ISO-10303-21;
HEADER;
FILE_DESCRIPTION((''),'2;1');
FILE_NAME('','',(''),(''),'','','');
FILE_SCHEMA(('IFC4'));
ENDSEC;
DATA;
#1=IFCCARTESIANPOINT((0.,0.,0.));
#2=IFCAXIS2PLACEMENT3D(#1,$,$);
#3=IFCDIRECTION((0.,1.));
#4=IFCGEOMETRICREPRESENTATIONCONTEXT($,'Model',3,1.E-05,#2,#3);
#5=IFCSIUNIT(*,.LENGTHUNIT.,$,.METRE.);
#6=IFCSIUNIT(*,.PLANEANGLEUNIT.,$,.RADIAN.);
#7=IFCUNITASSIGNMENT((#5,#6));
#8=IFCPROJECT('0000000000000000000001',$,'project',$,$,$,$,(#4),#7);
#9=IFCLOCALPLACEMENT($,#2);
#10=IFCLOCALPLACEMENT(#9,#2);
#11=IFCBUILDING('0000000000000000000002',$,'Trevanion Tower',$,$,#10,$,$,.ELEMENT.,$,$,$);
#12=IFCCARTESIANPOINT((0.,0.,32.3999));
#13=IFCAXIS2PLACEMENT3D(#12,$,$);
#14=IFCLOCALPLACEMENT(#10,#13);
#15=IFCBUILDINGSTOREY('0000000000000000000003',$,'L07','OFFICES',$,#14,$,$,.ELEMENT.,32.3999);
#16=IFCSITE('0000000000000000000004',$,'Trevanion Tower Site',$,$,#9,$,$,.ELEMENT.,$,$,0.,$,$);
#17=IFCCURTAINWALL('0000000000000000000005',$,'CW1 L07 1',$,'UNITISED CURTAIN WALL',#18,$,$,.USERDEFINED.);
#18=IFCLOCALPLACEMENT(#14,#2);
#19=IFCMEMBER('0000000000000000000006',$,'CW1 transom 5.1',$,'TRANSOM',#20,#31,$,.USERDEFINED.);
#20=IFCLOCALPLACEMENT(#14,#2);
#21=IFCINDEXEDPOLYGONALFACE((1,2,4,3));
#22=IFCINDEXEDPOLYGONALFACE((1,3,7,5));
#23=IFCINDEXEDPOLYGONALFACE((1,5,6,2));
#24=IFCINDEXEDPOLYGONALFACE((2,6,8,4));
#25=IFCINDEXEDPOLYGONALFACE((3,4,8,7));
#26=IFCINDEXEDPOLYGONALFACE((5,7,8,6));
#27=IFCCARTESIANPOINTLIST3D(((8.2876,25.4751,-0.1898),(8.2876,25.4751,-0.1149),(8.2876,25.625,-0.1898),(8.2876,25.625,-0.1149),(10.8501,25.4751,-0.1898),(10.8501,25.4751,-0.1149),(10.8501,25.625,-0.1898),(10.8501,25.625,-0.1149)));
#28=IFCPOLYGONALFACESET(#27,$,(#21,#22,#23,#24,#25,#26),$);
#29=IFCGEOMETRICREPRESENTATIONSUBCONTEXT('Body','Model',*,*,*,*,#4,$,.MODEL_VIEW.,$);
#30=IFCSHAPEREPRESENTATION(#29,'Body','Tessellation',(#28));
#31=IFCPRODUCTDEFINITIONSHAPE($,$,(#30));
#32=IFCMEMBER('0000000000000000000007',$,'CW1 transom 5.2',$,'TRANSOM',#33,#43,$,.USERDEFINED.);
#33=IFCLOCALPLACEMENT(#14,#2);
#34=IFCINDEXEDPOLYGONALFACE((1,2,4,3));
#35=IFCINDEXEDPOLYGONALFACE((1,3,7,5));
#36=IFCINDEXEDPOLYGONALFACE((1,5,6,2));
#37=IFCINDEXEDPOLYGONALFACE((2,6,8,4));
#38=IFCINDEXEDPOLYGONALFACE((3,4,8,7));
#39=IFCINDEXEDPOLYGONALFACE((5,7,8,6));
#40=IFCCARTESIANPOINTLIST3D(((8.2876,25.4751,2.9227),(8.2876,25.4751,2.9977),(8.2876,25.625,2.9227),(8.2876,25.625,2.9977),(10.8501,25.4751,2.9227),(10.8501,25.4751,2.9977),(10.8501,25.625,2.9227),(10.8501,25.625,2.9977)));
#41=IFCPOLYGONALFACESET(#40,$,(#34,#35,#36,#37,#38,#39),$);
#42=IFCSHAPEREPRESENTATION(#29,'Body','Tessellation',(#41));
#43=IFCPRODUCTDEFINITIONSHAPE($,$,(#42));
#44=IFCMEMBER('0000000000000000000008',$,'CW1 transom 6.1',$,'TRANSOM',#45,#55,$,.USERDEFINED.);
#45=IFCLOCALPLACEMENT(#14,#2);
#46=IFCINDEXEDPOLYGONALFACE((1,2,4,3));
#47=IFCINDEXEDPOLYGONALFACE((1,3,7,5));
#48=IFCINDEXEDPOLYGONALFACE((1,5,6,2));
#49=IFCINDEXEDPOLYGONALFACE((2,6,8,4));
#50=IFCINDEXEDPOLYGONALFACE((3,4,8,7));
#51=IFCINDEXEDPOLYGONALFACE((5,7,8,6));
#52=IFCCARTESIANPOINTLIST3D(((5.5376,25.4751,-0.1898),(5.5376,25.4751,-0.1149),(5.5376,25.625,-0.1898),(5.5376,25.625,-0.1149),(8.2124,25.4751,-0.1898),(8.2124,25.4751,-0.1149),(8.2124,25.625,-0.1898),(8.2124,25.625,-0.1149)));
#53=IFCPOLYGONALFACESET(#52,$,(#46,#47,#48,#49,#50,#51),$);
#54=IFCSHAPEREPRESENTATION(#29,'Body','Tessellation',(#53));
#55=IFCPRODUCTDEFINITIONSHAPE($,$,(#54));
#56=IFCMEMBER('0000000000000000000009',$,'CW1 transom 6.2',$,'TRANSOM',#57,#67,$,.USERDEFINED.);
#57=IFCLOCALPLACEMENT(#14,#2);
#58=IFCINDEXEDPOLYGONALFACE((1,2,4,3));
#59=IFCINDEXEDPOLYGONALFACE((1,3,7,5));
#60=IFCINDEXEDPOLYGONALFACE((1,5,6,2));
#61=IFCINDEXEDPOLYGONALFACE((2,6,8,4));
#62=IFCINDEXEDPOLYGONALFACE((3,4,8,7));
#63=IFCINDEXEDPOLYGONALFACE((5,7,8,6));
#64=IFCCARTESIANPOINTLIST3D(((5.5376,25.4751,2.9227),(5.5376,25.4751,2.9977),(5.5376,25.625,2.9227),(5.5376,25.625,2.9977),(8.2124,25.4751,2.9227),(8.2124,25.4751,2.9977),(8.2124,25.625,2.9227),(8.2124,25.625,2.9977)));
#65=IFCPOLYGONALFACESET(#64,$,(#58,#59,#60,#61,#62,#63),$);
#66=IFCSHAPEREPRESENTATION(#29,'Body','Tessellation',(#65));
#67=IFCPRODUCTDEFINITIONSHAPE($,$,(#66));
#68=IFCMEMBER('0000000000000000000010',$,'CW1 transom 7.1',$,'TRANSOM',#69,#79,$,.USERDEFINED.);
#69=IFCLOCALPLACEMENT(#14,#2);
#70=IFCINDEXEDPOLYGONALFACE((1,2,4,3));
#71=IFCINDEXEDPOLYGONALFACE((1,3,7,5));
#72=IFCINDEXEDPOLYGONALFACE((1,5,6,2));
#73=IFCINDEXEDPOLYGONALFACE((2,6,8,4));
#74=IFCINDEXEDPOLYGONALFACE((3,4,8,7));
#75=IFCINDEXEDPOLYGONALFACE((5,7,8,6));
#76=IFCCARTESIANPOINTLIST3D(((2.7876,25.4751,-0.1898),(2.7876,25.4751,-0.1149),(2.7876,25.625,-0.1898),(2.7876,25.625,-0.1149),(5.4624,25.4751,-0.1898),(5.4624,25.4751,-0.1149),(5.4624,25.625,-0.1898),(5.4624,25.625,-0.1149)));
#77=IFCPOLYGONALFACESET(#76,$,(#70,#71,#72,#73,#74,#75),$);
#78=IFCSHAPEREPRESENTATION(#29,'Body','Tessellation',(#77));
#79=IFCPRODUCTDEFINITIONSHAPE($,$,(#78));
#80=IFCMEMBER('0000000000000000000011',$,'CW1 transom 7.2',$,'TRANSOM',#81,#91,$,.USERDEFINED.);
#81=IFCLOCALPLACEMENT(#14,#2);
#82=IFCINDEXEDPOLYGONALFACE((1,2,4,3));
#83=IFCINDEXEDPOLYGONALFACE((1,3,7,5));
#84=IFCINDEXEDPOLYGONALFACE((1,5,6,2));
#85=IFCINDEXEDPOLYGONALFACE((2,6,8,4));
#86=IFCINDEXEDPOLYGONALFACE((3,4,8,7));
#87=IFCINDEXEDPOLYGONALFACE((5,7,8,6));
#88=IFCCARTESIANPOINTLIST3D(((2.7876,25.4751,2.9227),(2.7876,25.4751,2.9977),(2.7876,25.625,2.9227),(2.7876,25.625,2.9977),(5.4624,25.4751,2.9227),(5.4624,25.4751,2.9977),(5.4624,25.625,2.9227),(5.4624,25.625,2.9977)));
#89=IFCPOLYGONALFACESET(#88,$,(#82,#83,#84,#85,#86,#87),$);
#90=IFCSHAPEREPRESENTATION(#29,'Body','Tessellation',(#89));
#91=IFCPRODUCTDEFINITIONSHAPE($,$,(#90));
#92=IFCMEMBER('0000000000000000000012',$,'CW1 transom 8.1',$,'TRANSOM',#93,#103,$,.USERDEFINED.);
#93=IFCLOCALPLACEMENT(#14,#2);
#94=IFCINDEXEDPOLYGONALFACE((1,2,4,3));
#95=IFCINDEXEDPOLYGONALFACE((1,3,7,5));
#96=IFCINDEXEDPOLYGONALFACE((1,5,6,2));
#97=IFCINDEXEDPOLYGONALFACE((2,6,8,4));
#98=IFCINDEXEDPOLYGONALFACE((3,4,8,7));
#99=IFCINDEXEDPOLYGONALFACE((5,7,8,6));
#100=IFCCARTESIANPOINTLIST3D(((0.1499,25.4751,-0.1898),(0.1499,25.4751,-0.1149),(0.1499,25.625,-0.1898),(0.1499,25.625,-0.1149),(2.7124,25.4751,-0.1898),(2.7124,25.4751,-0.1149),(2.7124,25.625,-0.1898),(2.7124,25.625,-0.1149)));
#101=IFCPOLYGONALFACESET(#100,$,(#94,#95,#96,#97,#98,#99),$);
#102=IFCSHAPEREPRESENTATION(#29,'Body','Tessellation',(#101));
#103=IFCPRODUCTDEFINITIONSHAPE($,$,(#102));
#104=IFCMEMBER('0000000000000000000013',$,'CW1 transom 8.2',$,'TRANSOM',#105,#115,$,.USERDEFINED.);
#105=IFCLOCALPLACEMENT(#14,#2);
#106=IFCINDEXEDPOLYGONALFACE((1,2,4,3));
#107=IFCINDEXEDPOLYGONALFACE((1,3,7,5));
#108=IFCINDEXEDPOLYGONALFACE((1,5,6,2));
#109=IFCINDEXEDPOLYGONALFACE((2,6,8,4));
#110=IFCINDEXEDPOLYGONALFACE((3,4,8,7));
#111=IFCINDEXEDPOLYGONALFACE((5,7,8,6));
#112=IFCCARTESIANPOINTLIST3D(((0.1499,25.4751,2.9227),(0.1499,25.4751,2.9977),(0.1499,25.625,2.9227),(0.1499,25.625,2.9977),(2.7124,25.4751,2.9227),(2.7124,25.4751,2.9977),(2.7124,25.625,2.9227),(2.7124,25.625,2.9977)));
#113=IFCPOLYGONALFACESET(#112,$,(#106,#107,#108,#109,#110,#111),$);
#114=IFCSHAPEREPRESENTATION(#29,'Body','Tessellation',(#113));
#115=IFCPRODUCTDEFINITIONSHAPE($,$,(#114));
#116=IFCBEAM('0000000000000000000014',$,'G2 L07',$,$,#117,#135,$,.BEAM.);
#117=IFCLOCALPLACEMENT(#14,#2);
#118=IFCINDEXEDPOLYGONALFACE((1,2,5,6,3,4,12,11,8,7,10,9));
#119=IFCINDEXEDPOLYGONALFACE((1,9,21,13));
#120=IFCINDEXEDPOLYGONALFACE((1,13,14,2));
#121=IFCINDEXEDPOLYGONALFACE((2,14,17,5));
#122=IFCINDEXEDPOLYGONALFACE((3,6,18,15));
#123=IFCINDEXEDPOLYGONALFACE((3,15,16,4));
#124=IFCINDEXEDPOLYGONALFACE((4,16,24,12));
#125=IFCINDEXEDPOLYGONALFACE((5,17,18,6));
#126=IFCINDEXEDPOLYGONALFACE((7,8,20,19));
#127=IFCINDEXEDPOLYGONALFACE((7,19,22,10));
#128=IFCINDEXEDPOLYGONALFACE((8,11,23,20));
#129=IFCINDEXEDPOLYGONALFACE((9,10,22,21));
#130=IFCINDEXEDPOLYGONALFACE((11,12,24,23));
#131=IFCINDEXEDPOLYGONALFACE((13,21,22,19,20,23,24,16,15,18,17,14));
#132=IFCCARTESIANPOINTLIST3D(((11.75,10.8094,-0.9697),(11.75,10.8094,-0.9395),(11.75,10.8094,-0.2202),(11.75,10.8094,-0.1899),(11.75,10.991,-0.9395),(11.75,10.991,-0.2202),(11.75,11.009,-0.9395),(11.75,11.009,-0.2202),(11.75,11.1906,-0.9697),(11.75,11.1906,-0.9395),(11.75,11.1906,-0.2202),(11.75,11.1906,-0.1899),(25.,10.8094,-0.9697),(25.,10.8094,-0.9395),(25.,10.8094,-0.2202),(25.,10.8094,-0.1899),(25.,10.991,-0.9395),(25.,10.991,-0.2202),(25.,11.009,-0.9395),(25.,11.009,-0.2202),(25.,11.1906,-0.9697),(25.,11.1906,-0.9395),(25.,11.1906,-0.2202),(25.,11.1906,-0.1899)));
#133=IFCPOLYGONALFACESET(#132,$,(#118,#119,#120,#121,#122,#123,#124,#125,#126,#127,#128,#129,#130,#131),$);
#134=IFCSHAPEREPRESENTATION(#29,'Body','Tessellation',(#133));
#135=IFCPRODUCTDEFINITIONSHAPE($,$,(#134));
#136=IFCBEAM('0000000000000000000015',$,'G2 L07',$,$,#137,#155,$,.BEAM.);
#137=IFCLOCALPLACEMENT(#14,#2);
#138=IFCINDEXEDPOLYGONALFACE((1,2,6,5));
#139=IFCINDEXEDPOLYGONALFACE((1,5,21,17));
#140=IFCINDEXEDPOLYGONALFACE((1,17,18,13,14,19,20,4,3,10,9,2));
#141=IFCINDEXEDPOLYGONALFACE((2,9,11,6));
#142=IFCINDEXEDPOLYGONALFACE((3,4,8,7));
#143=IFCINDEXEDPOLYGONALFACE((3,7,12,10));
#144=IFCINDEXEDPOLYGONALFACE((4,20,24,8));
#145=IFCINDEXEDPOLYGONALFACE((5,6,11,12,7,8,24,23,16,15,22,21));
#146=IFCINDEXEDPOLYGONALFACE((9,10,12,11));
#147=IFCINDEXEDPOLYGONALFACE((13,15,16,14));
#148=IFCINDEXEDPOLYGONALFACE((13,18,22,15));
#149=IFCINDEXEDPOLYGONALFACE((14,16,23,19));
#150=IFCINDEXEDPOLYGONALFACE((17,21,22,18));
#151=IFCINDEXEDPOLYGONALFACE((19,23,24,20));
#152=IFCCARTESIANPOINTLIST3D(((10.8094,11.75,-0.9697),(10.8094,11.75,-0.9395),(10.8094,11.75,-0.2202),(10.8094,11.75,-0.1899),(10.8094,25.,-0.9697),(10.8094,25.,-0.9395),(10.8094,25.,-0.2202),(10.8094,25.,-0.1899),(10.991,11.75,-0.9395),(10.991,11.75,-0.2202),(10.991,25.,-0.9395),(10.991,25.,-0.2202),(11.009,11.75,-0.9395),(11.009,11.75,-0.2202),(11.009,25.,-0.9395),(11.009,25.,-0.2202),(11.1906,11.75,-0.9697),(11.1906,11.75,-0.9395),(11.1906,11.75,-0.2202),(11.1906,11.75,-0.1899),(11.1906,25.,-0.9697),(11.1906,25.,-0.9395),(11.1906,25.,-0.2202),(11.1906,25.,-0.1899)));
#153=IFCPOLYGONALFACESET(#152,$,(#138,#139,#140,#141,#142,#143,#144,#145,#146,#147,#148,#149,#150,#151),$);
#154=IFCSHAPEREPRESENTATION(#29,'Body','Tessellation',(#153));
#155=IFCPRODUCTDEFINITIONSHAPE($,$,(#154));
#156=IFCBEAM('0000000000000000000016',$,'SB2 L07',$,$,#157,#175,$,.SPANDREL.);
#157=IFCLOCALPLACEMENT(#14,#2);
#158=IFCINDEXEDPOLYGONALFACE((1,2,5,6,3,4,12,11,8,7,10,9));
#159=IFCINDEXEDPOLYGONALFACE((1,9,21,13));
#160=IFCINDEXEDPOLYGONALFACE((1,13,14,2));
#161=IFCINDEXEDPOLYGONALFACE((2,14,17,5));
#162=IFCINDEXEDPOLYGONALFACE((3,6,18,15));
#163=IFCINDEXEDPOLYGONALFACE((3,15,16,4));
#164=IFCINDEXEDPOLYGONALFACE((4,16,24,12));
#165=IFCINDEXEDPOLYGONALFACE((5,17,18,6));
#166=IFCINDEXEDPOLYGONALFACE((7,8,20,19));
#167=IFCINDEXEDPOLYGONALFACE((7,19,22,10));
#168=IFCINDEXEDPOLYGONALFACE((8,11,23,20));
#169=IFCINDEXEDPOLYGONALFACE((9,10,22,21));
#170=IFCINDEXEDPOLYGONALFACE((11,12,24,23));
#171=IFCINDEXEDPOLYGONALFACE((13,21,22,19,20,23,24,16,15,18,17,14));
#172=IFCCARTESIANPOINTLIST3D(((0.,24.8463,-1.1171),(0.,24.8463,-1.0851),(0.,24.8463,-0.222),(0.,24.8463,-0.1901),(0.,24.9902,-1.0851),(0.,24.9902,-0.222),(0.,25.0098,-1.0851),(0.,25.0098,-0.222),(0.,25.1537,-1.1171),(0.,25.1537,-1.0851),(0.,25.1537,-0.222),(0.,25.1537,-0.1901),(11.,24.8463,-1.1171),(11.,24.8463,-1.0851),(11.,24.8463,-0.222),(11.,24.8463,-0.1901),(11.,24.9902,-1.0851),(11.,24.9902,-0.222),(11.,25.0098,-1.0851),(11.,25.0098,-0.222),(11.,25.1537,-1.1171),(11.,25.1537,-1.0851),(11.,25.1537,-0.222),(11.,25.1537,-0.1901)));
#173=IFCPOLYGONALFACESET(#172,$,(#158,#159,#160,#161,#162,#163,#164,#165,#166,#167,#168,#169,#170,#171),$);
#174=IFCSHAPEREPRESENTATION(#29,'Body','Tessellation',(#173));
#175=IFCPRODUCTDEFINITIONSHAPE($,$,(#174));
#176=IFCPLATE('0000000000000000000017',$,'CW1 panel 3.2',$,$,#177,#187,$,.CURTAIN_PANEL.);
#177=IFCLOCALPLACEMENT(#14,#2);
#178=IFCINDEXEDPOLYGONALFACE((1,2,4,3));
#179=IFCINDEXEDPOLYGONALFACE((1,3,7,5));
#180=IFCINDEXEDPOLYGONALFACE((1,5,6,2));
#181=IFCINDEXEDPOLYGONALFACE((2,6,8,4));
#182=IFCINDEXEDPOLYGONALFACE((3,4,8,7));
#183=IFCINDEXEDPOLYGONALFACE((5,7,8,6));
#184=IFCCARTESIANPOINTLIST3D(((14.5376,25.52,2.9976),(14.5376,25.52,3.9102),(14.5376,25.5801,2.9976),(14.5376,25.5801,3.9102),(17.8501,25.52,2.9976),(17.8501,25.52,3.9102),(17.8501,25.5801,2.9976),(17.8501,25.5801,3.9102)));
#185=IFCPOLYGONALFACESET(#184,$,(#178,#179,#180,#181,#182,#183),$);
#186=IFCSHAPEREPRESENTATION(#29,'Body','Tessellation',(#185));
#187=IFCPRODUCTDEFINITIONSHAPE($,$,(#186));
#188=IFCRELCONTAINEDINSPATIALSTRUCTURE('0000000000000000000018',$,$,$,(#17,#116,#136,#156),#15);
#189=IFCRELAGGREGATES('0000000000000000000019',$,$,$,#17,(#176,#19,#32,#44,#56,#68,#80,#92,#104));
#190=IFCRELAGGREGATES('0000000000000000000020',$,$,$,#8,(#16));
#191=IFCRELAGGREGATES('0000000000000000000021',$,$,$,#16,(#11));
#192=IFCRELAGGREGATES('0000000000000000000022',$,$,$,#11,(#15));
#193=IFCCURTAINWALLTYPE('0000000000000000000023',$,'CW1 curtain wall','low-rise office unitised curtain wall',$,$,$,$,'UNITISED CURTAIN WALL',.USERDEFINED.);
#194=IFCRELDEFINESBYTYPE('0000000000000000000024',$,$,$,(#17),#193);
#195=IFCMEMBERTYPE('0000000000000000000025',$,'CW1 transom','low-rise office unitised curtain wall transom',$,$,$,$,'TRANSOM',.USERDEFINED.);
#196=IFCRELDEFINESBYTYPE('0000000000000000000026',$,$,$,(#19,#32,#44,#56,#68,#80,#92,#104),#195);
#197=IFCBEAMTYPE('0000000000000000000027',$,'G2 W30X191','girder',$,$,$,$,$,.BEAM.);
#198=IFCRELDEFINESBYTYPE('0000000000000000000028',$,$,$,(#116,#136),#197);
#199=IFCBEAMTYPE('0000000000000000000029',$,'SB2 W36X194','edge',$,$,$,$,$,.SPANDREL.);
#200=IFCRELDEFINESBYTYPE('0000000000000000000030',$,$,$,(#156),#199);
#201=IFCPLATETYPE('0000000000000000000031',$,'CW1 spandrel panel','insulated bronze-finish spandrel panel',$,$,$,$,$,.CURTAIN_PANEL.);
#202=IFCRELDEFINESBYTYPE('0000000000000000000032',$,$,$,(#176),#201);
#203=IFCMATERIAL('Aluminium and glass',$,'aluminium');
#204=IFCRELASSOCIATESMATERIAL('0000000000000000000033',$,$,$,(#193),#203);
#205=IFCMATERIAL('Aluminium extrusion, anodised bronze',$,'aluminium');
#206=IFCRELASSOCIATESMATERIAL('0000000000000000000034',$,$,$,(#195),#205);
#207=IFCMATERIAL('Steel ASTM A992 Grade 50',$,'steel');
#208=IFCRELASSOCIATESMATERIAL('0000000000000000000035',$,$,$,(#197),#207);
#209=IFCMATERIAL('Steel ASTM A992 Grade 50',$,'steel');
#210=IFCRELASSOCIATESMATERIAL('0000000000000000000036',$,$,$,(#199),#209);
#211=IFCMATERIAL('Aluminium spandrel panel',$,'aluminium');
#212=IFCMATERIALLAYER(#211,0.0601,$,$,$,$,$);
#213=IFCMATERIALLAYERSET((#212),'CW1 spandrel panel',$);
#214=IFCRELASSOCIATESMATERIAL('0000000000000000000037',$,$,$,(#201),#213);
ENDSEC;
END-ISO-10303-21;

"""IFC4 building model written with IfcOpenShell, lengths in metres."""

from ifc_helpers import new_model, si_unit, direction, frame, origin, origin_2d, place, context, subcontext, project, spatial, rectangle, i_section, extrude, material, layer, layer_set, material_profile, profile_set, type_object, element, aggregate, save


model = new_model("IFC4")

# Units and contexts
model_context = context("Model", 3, precision=1e-05, world=origin(), true_north=direction((0.0, 1.0)))
body_context = subcontext(model_context, "Body", "Model", "MODEL_VIEW")
ifc_project = project(units=[si_unit("LENGTHUNIT", "METRE"), si_unit("PLANEANGLEUNIT", "RADIAN")], contexts=[model_context])

# Site, building, storey
site_placement = place(None, origin())
site = spatial("IfcSite", under=ifc_project, at=site_placement, Name="Trevanion Tower Site", CompositionType="ELEMENT", RefElevation=0.0)
building_placement = place(site_placement, origin())
building = spatial("IfcBuilding", under=site, at=building_placement, Name="Trevanion Tower", CompositionType="ELEMENT")
storey_placement = place(building_placement, frame((0.0, 0.0, 32.3999)))
storey = spatial("IfcBuildingStorey", under=building, at=storey_placement, Name="L07", Description="OFFICES", CompositionType="ELEMENT", Elevation=32.3999)

# Curtain wall, members
ifc_material_1 = material(Name="Aluminium and glass", Category="aluminium")
curtain_wall_type = type_object("IfcCurtainWallType", Name="CW1 curtain wall", Description="low-rise office unitised curtain wall", ElementType="UNITISED CURTAIN WALL", PredefinedType="USERDEFINED", material=ifc_material_1)
curtain_wall_placement = place(storey_placement, origin())
curtain_wall = element("IfcCurtainWall", 1, at=curtain_wall_placement, inside=storey, type_object=curtain_wall_type, Name="CW1 L07 1", ObjectType="UNITISED CURTAIN WALL", PredefinedType="USERDEFINED")
ifc_material_2 = material(Name="Aluminium extrusion, anodised bronze", Category="aluminium")
ifc_material_profile_1 = material_profile(ifc_material_2, rectangle(XDim=0.1499, YDim=0.075, at=origin_2d()), Name="CW1 transom")
ifc_profile_set_1 = profile_set([ifc_material_profile_1], Name="Aluminium extrusion, anodised bronze")
member_type_1 = type_object("IfcMemberType", Name="CW1 transom", Description="low-rise office unitised curtain wall transom", ElementType="TRANSOM", PredefinedType="USERDEFINED", material=ifc_profile_set_1)
member_1_placement = place(storey_placement, frame((10.8501, 25.55, -0.1523), z_axis=(-1.0, 0.0, 0.0), x_axis=(0.0, -1.0, 0.0)))
member_1 = element("IfcMember", 2, at=member_1_placement, type_object=member_type_1, Name="CW1 transom 5.1", ObjectType="TRANSOM", PredefinedType="USERDEFINED", context=body_context, shape_type="SweptSolid", body=[
    extrude(rectangle(XDim=0.1499, YDim=0.075, at=origin_2d()), origin(), (0.0, 0.0, 1.0), 2.5625),
])
member_2_placement = place(storey_placement, frame((10.8501, 25.55, 2.9602), z_axis=(-1.0, 0.0, 0.0), x_axis=(0.0, -1.0, 0.0)))
member_2 = element("IfcMember", 3, at=member_2_placement, type_object=member_type_1, Name="CW1 transom 5.2", ObjectType="TRANSOM", PredefinedType="USERDEFINED", context=body_context, shape_type="SweptSolid", body=[
    extrude(rectangle(XDim=0.1499, YDim=0.075, at=origin_2d()), origin(), (0.0, 0.0, 1.0), 2.5625),
])
member_3_placement = place(storey_placement, frame((8.2124, 25.55, -0.1523), z_axis=(-1.0, 0.0, 0.0), x_axis=(0.0, -1.0, 0.0)))
member_3 = element("IfcMember", 4, at=member_3_placement, type_object=member_type_1, Name="CW1 transom 6.1", ObjectType="TRANSOM", PredefinedType="USERDEFINED", context=body_context, shape_type="SweptSolid", body=[
    extrude(rectangle(XDim=0.1499, YDim=0.075, at=origin_2d()), origin(), (0.0, 0.0, 1.0), 2.6748),
])
member_4_placement = place(storey_placement, frame((8.2124, 25.55, 2.9602), z_axis=(-1.0, 0.0, 0.0), x_axis=(0.0, -1.0, 0.0)))
member_4 = element("IfcMember", 5, at=member_4_placement, type_object=member_type_1, Name="CW1 transom 6.2", ObjectType="TRANSOM", PredefinedType="USERDEFINED", context=body_context, shape_type="SweptSolid", body=[
    extrude(rectangle(XDim=0.1499, YDim=0.075, at=origin_2d()), origin(), (0.0, 0.0, 1.0), 2.6748),
])
member_5_placement = place(storey_placement, frame((5.4624, 25.55, -0.1523), z_axis=(-1.0, 0.0, 0.0), x_axis=(0.0, -1.0, 0.0)))
member_5 = element("IfcMember", 6, at=member_5_placement, type_object=member_type_1, Name="CW1 transom 7.1", ObjectType="TRANSOM", PredefinedType="USERDEFINED", context=body_context, shape_type="SweptSolid", body=[
    extrude(rectangle(XDim=0.1499, YDim=0.075, at=origin_2d()), origin(), (0.0, 0.0, 1.0), 2.6748),
])
member_6_placement = place(storey_placement, frame((5.4624, 25.55, 2.9602), z_axis=(-1.0, 0.0, 0.0), x_axis=(0.0, -1.0, 0.0)))
member_6 = element("IfcMember", 7, at=member_6_placement, type_object=member_type_1, Name="CW1 transom 7.2", ObjectType="TRANSOM", PredefinedType="USERDEFINED", context=body_context, shape_type="SweptSolid", body=[
    extrude(rectangle(XDim=0.1499, YDim=0.075, at=origin_2d()), origin(), (0.0, 0.0, 1.0), 2.6748),
])
member_7_placement = place(storey_placement, frame((2.7124, 25.55, -0.1523), z_axis=(-1.0, 0.0, 0.0), x_axis=(0.0, -1.0, 0.0)))
member_7 = element("IfcMember", 8, at=member_7_placement, type_object=member_type_1, Name="CW1 transom 8.1", ObjectType="TRANSOM", PredefinedType="USERDEFINED", context=body_context, shape_type="SweptSolid", body=[
    extrude(rectangle(XDim=0.1499, YDim=0.075, at=origin_2d()), origin(), (0.0, 0.0, 1.0), 2.5625),
])
member_8_placement = place(storey_placement, frame((2.7124, 25.55, 2.9602), z_axis=(-1.0, 0.0, 0.0), x_axis=(0.0, -1.0, 0.0)))
member_8 = element("IfcMember", 9, at=member_8_placement, type_object=member_type_1, Name="CW1 transom 8.2", ObjectType="TRANSOM", PredefinedType="USERDEFINED", context=body_context, shape_type="SweptSolid", body=[
    extrude(rectangle(XDim=0.1499, YDim=0.075, at=origin_2d()), origin(), (0.0, 0.0, 1.0), 2.5625),
])

# Beams
ifc_material_3 = material(Name="Steel ASTM A992 Grade 50", Category="steel")
ifc_material_profile_2 = material_profile(ifc_material_3, i_section(OverallWidth=0.3811, OverallDepth=0.7798, WebThickness=0.0181, FlangeThickness=0.0303, at=origin_2d()), Name="W30X191")
ifc_profile_set_2 = profile_set([ifc_material_profile_2], Name="Steel ASTM A992 Grade 50")
beam_type_1 = type_object("IfcBeamType", Name="G2 W30X191", Description="girder", PredefinedType="BEAM", material=ifc_profile_set_2)
for number, where, z_axis, x_axis, name in (
    (10, (11.75, 11.0, -0.5798), (1.0, 0.0, 0.0), (0.0, 1.0, 0.0), "G2 L07"),
    (11, (11.0, 11.75, -0.5798), (0.0, 1.0, 0.0), (-1.0, 0.0, 0.0), "G2 L07"),
):
    element("IfcBeam", number, at=place(storey_placement, frame(where, z_axis=z_axis, x_axis=x_axis)), inside=storey, type_object=beam_type_1, Name=name, PredefinedType="BEAM", context=body_context, shape_type="SweptSolid", body=[
        extrude(i_section(OverallWidth=0.3811, OverallDepth=0.7798, WebThickness=0.0181, FlangeThickness=0.0303, at=origin_2d()), origin(), (0.0, 0.0, 1.0), 13.25),
    ])
ifc_material_4 = material(Name="Steel ASTM A992 Grade 50", Category="steel")
ifc_material_profile_3 = material_profile(ifc_material_4, i_section(OverallWidth=0.3074, OverallDepth=0.927, WebThickness=0.0195, FlangeThickness=0.032, at=origin_2d()), Name="W36X194")
ifc_profile_set_3 = profile_set([ifc_material_profile_3], Name="Steel ASTM A992 Grade 50")
beam_type_2 = type_object("IfcBeamType", Name="SB2 W36X194", Description="edge", PredefinedType="SPANDREL", material=ifc_profile_set_3)
beam_1_placement = place(storey_placement, frame((11.0, 25.0, -0.6536), z_axis=(-1.0, 0.0, 0.0), x_axis=(0.0, -1.0, 0.0)))
element("IfcBeam", 12, at=beam_1_placement, inside=storey, type_object=beam_type_2, Name="SB2 L07", PredefinedType="SPANDREL", context=body_context, shape_type="SweptSolid", body=[
    extrude(i_section(OverallWidth=0.3074, OverallDepth=0.927, WebThickness=0.0195, FlangeThickness=0.032, at=origin_2d()), origin(), (0.0, 0.0, 1.0), 11.0),
])

# Plate
ifc_material_5 = material(Name="Aluminium spandrel panel", Category="aluminium")
ifc_layer_1 = layer(ifc_material_5, 0.0601)
ifc_layer_set_1 = layer_set([ifc_layer_1], Name="CW1 spandrel panel")
plate_type_1 = type_object("IfcPlateType", Name="CW1 spandrel panel", Description="insulated bronze-finish spandrel panel", PredefinedType="CURTAIN_PANEL", material=ifc_layer_set_1)
plate_1_placement = place(storey_placement, frame((16.1938, 25.55, 2.9976), z_axis=(0.0, 0.0, 1.0), x_axis=(-1.0, 0.0, 0.0)))
plate_1 = element("IfcPlate", 13, at=plate_1_placement, type_object=plate_type_1, Name="CW1 panel 3.2", PredefinedType="CURTAIN_PANEL", context=body_context, shape_type="SweptSolid", body=[
    extrude(rectangle(XDim=3.3125, YDim=0.0601, at=origin_2d()), origin(), (0.0, 0.0, 1.0), 0.9126),
])
aggregate(curtain_wall, [plate_1, member_1, member_2, member_3, member_4, member_5, member_6, member_7, member_8])

save(model, "model.ifc")
